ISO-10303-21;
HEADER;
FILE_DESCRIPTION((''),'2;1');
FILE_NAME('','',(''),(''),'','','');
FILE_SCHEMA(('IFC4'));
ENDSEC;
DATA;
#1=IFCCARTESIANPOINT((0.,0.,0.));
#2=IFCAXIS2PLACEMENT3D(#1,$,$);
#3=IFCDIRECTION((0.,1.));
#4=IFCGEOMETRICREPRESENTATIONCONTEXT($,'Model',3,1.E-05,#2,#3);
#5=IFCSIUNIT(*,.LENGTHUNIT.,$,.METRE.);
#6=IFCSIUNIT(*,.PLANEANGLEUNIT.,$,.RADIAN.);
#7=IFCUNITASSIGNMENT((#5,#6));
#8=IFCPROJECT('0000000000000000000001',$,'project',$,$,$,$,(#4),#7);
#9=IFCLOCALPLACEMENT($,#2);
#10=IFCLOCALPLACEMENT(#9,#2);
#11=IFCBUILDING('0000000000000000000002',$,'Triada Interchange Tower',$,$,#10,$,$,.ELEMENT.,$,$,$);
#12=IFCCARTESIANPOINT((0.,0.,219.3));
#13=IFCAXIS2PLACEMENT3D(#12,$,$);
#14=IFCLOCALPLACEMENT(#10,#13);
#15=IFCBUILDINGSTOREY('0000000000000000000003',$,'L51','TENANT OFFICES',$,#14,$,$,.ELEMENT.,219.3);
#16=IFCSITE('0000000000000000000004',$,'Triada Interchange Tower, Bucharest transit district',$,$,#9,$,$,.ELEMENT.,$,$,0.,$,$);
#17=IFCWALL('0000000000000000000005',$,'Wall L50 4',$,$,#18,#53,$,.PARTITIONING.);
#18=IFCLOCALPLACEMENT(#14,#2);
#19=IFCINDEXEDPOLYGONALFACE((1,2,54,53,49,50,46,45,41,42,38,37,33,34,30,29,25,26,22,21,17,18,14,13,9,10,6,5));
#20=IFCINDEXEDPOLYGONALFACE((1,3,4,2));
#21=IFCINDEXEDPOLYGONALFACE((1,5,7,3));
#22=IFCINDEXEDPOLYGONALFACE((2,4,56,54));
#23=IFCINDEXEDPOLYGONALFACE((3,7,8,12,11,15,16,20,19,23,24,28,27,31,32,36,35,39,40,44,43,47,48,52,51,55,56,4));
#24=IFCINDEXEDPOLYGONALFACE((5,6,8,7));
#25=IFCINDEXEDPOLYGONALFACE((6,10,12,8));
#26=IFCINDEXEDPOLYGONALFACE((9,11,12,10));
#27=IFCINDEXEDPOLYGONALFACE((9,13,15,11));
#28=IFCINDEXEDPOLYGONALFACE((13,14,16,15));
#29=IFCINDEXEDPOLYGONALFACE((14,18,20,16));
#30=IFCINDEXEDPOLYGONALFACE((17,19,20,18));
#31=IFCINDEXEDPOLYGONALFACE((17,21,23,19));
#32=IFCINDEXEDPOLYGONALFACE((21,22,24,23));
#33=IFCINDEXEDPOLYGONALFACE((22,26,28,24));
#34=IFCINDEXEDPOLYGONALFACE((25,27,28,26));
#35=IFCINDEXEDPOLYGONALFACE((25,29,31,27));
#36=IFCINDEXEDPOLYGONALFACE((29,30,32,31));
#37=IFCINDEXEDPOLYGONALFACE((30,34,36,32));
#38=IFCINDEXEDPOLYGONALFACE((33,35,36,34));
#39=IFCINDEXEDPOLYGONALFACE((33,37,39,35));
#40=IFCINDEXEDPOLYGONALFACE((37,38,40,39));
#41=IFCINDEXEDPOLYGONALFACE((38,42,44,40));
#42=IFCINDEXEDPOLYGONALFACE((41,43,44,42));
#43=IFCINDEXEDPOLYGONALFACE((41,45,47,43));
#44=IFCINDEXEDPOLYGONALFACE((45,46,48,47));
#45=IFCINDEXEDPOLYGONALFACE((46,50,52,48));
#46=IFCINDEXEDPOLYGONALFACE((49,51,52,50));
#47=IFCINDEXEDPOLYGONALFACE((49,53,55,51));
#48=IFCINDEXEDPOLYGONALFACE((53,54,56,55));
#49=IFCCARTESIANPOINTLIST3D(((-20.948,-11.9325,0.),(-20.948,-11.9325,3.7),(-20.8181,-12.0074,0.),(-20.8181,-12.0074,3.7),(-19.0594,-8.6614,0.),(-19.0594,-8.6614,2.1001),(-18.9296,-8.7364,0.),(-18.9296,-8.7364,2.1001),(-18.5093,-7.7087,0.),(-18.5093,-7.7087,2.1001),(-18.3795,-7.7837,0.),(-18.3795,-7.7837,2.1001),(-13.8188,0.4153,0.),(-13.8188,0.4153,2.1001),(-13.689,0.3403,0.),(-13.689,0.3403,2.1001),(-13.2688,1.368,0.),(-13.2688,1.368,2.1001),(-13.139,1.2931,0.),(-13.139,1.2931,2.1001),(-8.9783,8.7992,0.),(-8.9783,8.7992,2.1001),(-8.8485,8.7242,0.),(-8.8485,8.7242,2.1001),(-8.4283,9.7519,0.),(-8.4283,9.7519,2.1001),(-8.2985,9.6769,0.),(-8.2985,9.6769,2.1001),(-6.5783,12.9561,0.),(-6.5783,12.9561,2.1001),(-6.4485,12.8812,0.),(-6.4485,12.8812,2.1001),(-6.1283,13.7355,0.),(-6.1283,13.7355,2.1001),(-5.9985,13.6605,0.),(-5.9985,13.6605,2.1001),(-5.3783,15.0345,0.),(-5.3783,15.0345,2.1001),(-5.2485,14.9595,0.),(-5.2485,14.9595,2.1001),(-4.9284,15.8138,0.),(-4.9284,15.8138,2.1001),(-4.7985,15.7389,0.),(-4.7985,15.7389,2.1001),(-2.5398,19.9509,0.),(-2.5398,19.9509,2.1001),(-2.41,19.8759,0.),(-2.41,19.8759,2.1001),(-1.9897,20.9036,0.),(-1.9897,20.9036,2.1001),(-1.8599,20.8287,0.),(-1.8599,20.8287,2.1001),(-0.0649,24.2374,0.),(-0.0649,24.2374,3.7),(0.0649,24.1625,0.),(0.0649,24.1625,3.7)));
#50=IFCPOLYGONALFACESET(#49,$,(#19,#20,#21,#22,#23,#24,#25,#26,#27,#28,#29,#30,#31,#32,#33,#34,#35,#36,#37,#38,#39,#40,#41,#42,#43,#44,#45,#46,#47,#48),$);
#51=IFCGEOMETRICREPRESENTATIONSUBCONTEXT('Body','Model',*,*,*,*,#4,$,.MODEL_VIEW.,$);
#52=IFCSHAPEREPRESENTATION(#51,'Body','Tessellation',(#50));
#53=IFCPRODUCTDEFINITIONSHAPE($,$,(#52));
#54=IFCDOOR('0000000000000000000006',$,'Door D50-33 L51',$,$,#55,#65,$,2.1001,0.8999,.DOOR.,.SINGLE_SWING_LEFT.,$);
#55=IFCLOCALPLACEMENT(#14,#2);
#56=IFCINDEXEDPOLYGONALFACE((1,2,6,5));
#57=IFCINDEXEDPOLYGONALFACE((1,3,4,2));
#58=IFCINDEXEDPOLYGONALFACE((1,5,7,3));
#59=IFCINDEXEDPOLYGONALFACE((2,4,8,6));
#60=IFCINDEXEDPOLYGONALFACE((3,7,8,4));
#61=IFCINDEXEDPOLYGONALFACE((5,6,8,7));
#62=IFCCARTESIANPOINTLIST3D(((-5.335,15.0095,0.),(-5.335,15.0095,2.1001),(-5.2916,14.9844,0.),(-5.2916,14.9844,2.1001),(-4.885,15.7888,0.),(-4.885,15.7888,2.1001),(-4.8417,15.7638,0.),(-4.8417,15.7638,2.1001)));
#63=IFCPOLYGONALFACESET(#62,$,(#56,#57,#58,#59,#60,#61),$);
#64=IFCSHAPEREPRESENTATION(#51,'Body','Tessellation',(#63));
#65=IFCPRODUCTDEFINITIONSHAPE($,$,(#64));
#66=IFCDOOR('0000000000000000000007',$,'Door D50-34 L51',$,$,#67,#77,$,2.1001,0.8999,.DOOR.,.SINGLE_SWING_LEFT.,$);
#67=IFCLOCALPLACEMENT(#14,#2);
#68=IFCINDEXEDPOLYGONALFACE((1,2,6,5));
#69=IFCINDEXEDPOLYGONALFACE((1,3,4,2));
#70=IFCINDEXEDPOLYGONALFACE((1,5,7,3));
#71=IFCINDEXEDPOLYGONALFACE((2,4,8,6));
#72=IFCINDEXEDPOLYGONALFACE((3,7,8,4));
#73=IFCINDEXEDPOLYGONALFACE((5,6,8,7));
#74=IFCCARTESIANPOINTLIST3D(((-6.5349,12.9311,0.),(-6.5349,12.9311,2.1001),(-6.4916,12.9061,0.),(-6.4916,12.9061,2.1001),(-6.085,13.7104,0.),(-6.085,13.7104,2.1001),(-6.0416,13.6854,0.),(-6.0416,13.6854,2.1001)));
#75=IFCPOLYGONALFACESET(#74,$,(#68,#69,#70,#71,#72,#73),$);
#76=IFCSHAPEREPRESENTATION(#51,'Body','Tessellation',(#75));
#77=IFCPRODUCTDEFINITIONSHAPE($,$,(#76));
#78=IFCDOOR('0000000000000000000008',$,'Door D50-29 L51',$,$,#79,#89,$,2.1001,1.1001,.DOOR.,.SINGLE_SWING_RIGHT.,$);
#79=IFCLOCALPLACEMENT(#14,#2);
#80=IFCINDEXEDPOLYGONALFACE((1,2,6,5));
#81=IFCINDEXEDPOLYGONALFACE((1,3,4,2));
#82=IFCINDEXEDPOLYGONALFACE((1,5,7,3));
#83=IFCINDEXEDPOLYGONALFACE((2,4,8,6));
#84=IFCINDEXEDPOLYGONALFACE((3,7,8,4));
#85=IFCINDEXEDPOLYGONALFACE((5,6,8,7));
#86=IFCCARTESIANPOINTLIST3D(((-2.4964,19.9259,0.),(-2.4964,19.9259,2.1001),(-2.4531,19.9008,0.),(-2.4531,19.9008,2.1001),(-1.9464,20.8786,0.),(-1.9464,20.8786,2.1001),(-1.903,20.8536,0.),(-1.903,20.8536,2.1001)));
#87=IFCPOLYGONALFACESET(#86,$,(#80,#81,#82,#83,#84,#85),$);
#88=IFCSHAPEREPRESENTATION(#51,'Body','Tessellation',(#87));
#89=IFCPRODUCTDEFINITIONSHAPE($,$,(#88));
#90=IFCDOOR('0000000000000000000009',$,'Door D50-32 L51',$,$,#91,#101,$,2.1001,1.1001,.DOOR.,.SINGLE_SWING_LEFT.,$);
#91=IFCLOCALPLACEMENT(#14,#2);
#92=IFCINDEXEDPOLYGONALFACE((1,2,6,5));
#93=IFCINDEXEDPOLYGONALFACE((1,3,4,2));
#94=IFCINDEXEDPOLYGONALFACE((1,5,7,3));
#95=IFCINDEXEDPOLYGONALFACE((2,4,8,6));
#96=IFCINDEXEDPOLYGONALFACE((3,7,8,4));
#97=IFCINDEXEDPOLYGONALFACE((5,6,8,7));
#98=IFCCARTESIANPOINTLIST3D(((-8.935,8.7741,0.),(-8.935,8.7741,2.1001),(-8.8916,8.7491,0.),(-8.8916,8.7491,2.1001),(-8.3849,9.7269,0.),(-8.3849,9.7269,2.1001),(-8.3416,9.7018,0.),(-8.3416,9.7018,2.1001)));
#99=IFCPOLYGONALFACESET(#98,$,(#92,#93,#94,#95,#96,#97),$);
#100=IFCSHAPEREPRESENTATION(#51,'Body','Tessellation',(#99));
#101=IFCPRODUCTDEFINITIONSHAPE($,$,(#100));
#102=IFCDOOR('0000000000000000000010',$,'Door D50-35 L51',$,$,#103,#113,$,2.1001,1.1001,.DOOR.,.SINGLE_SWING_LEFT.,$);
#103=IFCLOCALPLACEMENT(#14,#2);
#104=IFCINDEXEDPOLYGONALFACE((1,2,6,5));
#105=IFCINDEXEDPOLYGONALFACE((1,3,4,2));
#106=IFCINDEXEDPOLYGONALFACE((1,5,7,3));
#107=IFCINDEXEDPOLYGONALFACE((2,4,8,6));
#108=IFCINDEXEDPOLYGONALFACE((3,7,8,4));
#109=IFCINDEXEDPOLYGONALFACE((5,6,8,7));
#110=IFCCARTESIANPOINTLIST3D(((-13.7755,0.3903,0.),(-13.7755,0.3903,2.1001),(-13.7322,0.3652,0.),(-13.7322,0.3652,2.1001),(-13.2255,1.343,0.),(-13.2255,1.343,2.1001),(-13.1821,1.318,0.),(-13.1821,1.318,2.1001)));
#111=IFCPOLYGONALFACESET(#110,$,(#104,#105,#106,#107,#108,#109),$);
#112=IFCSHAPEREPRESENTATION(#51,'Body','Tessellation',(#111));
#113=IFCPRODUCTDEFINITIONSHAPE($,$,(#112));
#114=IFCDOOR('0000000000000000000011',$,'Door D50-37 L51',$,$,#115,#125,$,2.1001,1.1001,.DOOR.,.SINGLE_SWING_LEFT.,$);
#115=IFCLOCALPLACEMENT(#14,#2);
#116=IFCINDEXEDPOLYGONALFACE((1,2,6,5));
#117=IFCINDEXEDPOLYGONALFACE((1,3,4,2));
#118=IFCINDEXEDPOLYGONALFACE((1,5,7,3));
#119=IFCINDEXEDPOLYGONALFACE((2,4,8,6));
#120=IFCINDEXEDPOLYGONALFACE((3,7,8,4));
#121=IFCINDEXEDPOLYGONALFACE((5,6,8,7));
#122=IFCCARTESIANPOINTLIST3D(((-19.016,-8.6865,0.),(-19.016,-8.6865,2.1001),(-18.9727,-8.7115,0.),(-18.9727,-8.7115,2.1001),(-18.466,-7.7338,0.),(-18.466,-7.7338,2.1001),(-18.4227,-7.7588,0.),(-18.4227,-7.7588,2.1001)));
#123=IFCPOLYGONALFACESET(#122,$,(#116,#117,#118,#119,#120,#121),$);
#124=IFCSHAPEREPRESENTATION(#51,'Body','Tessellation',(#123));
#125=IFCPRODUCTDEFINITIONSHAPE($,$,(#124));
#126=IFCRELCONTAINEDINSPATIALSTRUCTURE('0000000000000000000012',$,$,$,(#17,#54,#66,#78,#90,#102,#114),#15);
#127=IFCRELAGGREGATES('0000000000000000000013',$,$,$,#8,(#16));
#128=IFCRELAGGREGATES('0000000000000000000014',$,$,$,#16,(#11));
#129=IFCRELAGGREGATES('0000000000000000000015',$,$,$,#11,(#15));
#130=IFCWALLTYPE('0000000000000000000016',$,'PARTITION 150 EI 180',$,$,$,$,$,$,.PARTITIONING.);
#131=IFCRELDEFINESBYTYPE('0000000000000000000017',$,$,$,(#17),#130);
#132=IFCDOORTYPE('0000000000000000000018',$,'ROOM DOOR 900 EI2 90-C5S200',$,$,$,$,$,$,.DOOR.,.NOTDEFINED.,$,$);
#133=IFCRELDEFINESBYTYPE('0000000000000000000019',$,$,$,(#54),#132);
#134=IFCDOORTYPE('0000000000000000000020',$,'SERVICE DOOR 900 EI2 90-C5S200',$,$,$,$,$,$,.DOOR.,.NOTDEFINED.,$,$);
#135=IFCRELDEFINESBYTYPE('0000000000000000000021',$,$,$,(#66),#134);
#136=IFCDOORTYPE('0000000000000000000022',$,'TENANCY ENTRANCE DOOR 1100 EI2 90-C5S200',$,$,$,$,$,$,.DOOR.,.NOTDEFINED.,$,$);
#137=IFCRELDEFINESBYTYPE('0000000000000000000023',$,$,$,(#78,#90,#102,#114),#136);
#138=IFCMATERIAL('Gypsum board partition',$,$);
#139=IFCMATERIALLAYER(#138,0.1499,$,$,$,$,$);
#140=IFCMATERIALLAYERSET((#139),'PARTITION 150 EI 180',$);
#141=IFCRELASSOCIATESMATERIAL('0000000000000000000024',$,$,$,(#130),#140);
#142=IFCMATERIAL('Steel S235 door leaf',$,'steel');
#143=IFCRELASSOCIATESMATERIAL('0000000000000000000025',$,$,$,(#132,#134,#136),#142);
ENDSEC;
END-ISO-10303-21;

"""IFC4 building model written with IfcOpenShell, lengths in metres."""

from ifc_helpers import new_model, si_unit, direction, frame, frame_2d, origin, place, context, subcontext, project, spatial, rectangle, extrude, material, layer, layer_set, type_object, element, fill, save


model = new_model("IFC4")

# Units and contexts
model_context = context("Model", 3, precision=1e-05, world=origin(), true_north=direction((0.0, 1.0)))
body_context = subcontext(model_context, "Body", "Model", "MODEL_VIEW")
ifc_project = project(units=[si_unit("LENGTHUNIT", "METRE"), si_unit("PLANEANGLEUNIT", "RADIAN")], contexts=[model_context])

# Site, building, storey
site_placement = place(None, origin())
site = spatial("IfcSite", under=ifc_project, at=site_placement, Name="Triada Interchange Tower, Bucharest transit district", CompositionType="ELEMENT", RefElevation=0.0)
building_placement = place(site_placement, origin())
building = spatial("IfcBuilding", under=site, at=building_placement, Name="Triada Interchange Tower", CompositionType="ELEMENT")
storey_placement = place(building_placement, frame((0.0, 0.0, 219.3)))
storey = spatial("IfcBuildingStorey", under=building, at=storey_placement, Name="L51", Description="TENANT OFFICES", CompositionType="ELEMENT", Elevation=219.3)

# Wall, openings, doors
ifc_material_1 = material(Name="Gypsum board partition")
ifc_layer = layer(ifc_material_1, 0.1499)
ifc_layer_set = layer_set([ifc_layer], Name="PARTITION 150 EI 180")
wall_type = type_object("IfcWallType", Name="PARTITION 150 EI 180", PredefinedType="PARTITIONING", material=ifc_layer_set)
wall_1_placement = place(storey_placement, frame((-20.8831, -11.97, 0.0), z_axis=(0.0, 0.0, 1.0), x_axis=(0.500006, 0.866022, 0.0)))
wall_1 = element("IfcWall", 1, at=wall_1_placement, inside=storey, type_object=wall_type, Name="Wall L50 4", PredefinedType="PARTITIONING", context=body_context, shape_type="SweptSolid", body=[
    extrude(rectangle(XDim=41.7656, YDim=0.1499, at=frame_2d((20.8828, 0.0))), origin(), (0.0, 0.0, 1.0), 3.7),
])
opening_1_placement = place(wall_1_placement, frame((36.8159, 0.0, 0.0)))
opening_1 = element("IfcOpeningElement", 2, at=opening_1_placement, cuts=wall_1, PredefinedType="OPENING", context=body_context, shape_type="SweptSolid", body=[
    extrude(rectangle(XDim=1.1001, YDim=2.1001, at=frame_2d((0.55, 1.05))), frame((0.0, 0.085, 0.0), z_axis=(0.0, -1.0, 0.0), x_axis=(1.0, 0.0, 0.0)), (0.0, 0.0, 1.0), 0.1699),
])
opening_2_placement = place(wall_1_placement, frame((23.939, 0.0, 0.0)))
opening_2 = element("IfcOpeningElement", 3, at=opening_2_placement, cuts=wall_1, PredefinedType="OPENING", context=body_context, shape_type="SweptSolid", body=[
    extrude(rectangle(XDim=1.1001, YDim=2.1001, at=frame_2d((0.55, 1.05))), frame((0.0, 0.085, 0.0), z_axis=(0.0, -1.0, 0.0), x_axis=(1.0, 0.0, 0.0)), (0.0, 0.0, 1.0), 0.1699),
])
opening_3_placement = place(wall_1_placement, frame((31.1389, 0.0, 0.0)))
opening_3 = element("IfcOpeningElement", 4, at=opening_3_placement, cuts=wall_1, PredefinedType="OPENING", context=body_context, shape_type="SweptSolid", body=[
    extrude(rectangle(XDim=0.8999, YDim=2.1001, at=frame_2d((0.45, 1.05))), frame((0.0, 0.085, 0.0), z_axis=(0.0, -1.0, 0.0), x_axis=(1.0, 0.0, 0.0)), (0.0, 0.0, 1.0), 0.1699),
])
opening_4_placement = place(wall_1_placement, frame((28.739, 0.0, 0.0)))
opening_4 = element("IfcOpeningElement", 5, at=opening_4_placement, cuts=wall_1, PredefinedType="OPENING", context=body_context, shape_type="SweptSolid", body=[
    extrude(rectangle(XDim=0.8999, YDim=2.1001, at=frame_2d((0.45, 1.05))), frame((0.0, 0.085, 0.0), z_axis=(0.0, -1.0, 0.0), x_axis=(1.0, 0.0, 0.0)), (0.0, 0.0, 1.0), 0.1699),
])
opening_5_placement = place(wall_1_placement, frame((14.2581, 0.0, 0.0)))
opening_5 = element("IfcOpeningElement", 6, at=opening_5_placement, cuts=wall_1, PredefinedType="OPENING", context=body_context, shape_type="SweptSolid", body=[
    extrude(rectangle(XDim=1.1001, YDim=2.1001, at=frame_2d((0.55, 1.05))), frame((0.0, 0.085, 0.0), z_axis=(0.0, -1.0, 0.0), x_axis=(1.0, 0.0, 0.0)), (0.0, 0.0, 1.0), 0.1699),
])
opening_6_placement = place(wall_1_placement, frame((3.7771, 0.0, 0.0)))
opening_6 = element("IfcOpeningElement", 7, at=opening_6_placement, cuts=wall_1, PredefinedType="OPENING", context=body_context, shape_type="SweptSolid", body=[
    extrude(rectangle(XDim=1.1001, YDim=2.1001, at=frame_2d((0.55, 1.05))), frame((0.0, 0.085, 0.0), z_axis=(0.0, -1.0, 0.0), x_axis=(1.0, 0.0, 0.0)), (0.0, 0.0, 1.0), 0.1699),
])
ifc_material_2 = material(Name="Steel S235 door leaf", Category="steel")
door_type_1 = type_object("IfcDoorType", Name="ROOM DOOR 900 EI2 90-C5S200", OperationType="NOTDEFINED", PredefinedType="DOOR", material=ifc_material_2)
door_1_placement = place(opening_3_placement, origin())
door_1 = element("IfcDoor", 8, at=door_1_placement, inside=storey, type_object=door_type_1, Name="Door D50-33 L51", OperationType="SINGLE_SWING_LEFT", OverallHeight=2.1001, OverallWidth=0.8999, PredefinedType="DOOR", context=body_context, shape_type="SweptSolid", body=[
    extrude(rectangle(XDim=0.8999, YDim=2.1001, at=frame_2d((0.45, 1.05))), frame((0.0, 0.0249, 0.0), z_axis=(0.0, -1.0, 0.0), x_axis=(1.0, 0.0, 0.0)), (0.0, 0.0, 1.0), 0.05),
])
fill(opening_3, door_1)
door_type_2 = type_object("IfcDoorType", Name="SERVICE DOOR 900 EI2 90-C5S200", OperationType="NOTDEFINED", PredefinedType="DOOR", material=ifc_material_2)
door_2_placement = place(opening_4_placement, origin())
door_2 = element("IfcDoor", 9, at=door_2_placement, inside=storey, type_object=door_type_2, Name="Door D50-34 L51", OperationType="SINGLE_SWING_LEFT", OverallHeight=2.1001, OverallWidth=0.8999, PredefinedType="DOOR", context=body_context, shape_type="SweptSolid", body=[
    extrude(rectangle(XDim=0.8999, YDim=2.1001, at=frame_2d((0.45, 1.05))), frame((0.0, 0.0249, 0.0), z_axis=(0.0, -1.0, 0.0), x_axis=(1.0, 0.0, 0.0)), (0.0, 0.0, 1.0), 0.05),
])
fill(opening_4, door_2)
door_type_3 = type_object("IfcDoorType", Name="TENANCY ENTRANCE DOOR 1100 EI2 90-C5S200", OperationType="NOTDEFINED", PredefinedType="DOOR", material=ifc_material_2)
door_3_placement = place(opening_1_placement, origin())
door_3 = element("IfcDoor", 10, at=door_3_placement, inside=storey, type_object=door_type_3, Name="Door D50-29 L51", OperationType="SINGLE_SWING_RIGHT", OverallHeight=2.1001, OverallWidth=1.1001, PredefinedType="DOOR", context=body_context, shape_type="SweptSolid", body=[
    extrude(rectangle(XDim=1.1001, YDim=2.1001, at=frame_2d((0.55, 1.05))), frame((0.0, 0.0249, 0.0), z_axis=(0.0, -1.0, 0.0), x_axis=(1.0, 0.0, 0.0)), (0.0, 0.0, 1.0), 0.05),
])
fill(opening_1, door_3)
door_4_placement = place(opening_2_placement, origin())
door_4 = element("IfcDoor", 11, at=door_4_placement, inside=storey, type_object=door_type_3, Name="Door D50-32 L51", OperationType="SINGLE_SWING_LEFT", OverallHeight=2.1001, OverallWidth=1.1001, PredefinedType="DOOR", context=body_context, shape_type="SweptSolid", body=[
    extrude(rectangle(XDim=1.1001, YDim=2.1001, at=frame_2d((0.55, 1.05))), frame((0.0, 0.0249, 0.0), z_axis=(0.0, -1.0, 0.0), x_axis=(1.0, 0.0, 0.0)), (0.0, 0.0, 1.0), 0.05),
])
fill(opening_2, door_4)
door_5_placement = place(opening_5_placement, origin())
door_5 = element("IfcDoor", 12, at=door_5_placement, inside=storey, type_object=door_type_3, Name="Door D50-35 L51", OperationType="SINGLE_SWING_LEFT", OverallHeight=2.1001, OverallWidth=1.1001, PredefinedType="DOOR", context=body_context, shape_type="SweptSolid", body=[
    extrude(rectangle(XDim=1.1001, YDim=2.1001, at=frame_2d((0.55, 1.05))), frame((0.0, 0.0249, 0.0), z_axis=(0.0, -1.0, 0.0), x_axis=(1.0, 0.0, 0.0)), (0.0, 0.0, 1.0), 0.05),
])
fill(opening_5, door_5)
door_6_placement = place(opening_6_placement, origin())
door_6 = element("IfcDoor", 13, at=door_6_placement, inside=storey, type_object=door_type_3, Name="Door D50-37 L51", OperationType="SINGLE_SWING_LEFT", OverallHeight=2.1001, OverallWidth=1.1001, PredefinedType="DOOR", context=body_context, shape_type="SweptSolid", body=[
    extrude(rectangle(XDim=1.1001, YDim=2.1001, at=frame_2d((0.55, 1.05))), frame((0.0, 0.0249, 0.0), z_axis=(0.0, -1.0, 0.0), x_axis=(1.0, 0.0, 0.0)), (0.0, 0.0, 1.0), 0.05),
])
fill(opening_6, door_6)

save(model, "model.ifc")
